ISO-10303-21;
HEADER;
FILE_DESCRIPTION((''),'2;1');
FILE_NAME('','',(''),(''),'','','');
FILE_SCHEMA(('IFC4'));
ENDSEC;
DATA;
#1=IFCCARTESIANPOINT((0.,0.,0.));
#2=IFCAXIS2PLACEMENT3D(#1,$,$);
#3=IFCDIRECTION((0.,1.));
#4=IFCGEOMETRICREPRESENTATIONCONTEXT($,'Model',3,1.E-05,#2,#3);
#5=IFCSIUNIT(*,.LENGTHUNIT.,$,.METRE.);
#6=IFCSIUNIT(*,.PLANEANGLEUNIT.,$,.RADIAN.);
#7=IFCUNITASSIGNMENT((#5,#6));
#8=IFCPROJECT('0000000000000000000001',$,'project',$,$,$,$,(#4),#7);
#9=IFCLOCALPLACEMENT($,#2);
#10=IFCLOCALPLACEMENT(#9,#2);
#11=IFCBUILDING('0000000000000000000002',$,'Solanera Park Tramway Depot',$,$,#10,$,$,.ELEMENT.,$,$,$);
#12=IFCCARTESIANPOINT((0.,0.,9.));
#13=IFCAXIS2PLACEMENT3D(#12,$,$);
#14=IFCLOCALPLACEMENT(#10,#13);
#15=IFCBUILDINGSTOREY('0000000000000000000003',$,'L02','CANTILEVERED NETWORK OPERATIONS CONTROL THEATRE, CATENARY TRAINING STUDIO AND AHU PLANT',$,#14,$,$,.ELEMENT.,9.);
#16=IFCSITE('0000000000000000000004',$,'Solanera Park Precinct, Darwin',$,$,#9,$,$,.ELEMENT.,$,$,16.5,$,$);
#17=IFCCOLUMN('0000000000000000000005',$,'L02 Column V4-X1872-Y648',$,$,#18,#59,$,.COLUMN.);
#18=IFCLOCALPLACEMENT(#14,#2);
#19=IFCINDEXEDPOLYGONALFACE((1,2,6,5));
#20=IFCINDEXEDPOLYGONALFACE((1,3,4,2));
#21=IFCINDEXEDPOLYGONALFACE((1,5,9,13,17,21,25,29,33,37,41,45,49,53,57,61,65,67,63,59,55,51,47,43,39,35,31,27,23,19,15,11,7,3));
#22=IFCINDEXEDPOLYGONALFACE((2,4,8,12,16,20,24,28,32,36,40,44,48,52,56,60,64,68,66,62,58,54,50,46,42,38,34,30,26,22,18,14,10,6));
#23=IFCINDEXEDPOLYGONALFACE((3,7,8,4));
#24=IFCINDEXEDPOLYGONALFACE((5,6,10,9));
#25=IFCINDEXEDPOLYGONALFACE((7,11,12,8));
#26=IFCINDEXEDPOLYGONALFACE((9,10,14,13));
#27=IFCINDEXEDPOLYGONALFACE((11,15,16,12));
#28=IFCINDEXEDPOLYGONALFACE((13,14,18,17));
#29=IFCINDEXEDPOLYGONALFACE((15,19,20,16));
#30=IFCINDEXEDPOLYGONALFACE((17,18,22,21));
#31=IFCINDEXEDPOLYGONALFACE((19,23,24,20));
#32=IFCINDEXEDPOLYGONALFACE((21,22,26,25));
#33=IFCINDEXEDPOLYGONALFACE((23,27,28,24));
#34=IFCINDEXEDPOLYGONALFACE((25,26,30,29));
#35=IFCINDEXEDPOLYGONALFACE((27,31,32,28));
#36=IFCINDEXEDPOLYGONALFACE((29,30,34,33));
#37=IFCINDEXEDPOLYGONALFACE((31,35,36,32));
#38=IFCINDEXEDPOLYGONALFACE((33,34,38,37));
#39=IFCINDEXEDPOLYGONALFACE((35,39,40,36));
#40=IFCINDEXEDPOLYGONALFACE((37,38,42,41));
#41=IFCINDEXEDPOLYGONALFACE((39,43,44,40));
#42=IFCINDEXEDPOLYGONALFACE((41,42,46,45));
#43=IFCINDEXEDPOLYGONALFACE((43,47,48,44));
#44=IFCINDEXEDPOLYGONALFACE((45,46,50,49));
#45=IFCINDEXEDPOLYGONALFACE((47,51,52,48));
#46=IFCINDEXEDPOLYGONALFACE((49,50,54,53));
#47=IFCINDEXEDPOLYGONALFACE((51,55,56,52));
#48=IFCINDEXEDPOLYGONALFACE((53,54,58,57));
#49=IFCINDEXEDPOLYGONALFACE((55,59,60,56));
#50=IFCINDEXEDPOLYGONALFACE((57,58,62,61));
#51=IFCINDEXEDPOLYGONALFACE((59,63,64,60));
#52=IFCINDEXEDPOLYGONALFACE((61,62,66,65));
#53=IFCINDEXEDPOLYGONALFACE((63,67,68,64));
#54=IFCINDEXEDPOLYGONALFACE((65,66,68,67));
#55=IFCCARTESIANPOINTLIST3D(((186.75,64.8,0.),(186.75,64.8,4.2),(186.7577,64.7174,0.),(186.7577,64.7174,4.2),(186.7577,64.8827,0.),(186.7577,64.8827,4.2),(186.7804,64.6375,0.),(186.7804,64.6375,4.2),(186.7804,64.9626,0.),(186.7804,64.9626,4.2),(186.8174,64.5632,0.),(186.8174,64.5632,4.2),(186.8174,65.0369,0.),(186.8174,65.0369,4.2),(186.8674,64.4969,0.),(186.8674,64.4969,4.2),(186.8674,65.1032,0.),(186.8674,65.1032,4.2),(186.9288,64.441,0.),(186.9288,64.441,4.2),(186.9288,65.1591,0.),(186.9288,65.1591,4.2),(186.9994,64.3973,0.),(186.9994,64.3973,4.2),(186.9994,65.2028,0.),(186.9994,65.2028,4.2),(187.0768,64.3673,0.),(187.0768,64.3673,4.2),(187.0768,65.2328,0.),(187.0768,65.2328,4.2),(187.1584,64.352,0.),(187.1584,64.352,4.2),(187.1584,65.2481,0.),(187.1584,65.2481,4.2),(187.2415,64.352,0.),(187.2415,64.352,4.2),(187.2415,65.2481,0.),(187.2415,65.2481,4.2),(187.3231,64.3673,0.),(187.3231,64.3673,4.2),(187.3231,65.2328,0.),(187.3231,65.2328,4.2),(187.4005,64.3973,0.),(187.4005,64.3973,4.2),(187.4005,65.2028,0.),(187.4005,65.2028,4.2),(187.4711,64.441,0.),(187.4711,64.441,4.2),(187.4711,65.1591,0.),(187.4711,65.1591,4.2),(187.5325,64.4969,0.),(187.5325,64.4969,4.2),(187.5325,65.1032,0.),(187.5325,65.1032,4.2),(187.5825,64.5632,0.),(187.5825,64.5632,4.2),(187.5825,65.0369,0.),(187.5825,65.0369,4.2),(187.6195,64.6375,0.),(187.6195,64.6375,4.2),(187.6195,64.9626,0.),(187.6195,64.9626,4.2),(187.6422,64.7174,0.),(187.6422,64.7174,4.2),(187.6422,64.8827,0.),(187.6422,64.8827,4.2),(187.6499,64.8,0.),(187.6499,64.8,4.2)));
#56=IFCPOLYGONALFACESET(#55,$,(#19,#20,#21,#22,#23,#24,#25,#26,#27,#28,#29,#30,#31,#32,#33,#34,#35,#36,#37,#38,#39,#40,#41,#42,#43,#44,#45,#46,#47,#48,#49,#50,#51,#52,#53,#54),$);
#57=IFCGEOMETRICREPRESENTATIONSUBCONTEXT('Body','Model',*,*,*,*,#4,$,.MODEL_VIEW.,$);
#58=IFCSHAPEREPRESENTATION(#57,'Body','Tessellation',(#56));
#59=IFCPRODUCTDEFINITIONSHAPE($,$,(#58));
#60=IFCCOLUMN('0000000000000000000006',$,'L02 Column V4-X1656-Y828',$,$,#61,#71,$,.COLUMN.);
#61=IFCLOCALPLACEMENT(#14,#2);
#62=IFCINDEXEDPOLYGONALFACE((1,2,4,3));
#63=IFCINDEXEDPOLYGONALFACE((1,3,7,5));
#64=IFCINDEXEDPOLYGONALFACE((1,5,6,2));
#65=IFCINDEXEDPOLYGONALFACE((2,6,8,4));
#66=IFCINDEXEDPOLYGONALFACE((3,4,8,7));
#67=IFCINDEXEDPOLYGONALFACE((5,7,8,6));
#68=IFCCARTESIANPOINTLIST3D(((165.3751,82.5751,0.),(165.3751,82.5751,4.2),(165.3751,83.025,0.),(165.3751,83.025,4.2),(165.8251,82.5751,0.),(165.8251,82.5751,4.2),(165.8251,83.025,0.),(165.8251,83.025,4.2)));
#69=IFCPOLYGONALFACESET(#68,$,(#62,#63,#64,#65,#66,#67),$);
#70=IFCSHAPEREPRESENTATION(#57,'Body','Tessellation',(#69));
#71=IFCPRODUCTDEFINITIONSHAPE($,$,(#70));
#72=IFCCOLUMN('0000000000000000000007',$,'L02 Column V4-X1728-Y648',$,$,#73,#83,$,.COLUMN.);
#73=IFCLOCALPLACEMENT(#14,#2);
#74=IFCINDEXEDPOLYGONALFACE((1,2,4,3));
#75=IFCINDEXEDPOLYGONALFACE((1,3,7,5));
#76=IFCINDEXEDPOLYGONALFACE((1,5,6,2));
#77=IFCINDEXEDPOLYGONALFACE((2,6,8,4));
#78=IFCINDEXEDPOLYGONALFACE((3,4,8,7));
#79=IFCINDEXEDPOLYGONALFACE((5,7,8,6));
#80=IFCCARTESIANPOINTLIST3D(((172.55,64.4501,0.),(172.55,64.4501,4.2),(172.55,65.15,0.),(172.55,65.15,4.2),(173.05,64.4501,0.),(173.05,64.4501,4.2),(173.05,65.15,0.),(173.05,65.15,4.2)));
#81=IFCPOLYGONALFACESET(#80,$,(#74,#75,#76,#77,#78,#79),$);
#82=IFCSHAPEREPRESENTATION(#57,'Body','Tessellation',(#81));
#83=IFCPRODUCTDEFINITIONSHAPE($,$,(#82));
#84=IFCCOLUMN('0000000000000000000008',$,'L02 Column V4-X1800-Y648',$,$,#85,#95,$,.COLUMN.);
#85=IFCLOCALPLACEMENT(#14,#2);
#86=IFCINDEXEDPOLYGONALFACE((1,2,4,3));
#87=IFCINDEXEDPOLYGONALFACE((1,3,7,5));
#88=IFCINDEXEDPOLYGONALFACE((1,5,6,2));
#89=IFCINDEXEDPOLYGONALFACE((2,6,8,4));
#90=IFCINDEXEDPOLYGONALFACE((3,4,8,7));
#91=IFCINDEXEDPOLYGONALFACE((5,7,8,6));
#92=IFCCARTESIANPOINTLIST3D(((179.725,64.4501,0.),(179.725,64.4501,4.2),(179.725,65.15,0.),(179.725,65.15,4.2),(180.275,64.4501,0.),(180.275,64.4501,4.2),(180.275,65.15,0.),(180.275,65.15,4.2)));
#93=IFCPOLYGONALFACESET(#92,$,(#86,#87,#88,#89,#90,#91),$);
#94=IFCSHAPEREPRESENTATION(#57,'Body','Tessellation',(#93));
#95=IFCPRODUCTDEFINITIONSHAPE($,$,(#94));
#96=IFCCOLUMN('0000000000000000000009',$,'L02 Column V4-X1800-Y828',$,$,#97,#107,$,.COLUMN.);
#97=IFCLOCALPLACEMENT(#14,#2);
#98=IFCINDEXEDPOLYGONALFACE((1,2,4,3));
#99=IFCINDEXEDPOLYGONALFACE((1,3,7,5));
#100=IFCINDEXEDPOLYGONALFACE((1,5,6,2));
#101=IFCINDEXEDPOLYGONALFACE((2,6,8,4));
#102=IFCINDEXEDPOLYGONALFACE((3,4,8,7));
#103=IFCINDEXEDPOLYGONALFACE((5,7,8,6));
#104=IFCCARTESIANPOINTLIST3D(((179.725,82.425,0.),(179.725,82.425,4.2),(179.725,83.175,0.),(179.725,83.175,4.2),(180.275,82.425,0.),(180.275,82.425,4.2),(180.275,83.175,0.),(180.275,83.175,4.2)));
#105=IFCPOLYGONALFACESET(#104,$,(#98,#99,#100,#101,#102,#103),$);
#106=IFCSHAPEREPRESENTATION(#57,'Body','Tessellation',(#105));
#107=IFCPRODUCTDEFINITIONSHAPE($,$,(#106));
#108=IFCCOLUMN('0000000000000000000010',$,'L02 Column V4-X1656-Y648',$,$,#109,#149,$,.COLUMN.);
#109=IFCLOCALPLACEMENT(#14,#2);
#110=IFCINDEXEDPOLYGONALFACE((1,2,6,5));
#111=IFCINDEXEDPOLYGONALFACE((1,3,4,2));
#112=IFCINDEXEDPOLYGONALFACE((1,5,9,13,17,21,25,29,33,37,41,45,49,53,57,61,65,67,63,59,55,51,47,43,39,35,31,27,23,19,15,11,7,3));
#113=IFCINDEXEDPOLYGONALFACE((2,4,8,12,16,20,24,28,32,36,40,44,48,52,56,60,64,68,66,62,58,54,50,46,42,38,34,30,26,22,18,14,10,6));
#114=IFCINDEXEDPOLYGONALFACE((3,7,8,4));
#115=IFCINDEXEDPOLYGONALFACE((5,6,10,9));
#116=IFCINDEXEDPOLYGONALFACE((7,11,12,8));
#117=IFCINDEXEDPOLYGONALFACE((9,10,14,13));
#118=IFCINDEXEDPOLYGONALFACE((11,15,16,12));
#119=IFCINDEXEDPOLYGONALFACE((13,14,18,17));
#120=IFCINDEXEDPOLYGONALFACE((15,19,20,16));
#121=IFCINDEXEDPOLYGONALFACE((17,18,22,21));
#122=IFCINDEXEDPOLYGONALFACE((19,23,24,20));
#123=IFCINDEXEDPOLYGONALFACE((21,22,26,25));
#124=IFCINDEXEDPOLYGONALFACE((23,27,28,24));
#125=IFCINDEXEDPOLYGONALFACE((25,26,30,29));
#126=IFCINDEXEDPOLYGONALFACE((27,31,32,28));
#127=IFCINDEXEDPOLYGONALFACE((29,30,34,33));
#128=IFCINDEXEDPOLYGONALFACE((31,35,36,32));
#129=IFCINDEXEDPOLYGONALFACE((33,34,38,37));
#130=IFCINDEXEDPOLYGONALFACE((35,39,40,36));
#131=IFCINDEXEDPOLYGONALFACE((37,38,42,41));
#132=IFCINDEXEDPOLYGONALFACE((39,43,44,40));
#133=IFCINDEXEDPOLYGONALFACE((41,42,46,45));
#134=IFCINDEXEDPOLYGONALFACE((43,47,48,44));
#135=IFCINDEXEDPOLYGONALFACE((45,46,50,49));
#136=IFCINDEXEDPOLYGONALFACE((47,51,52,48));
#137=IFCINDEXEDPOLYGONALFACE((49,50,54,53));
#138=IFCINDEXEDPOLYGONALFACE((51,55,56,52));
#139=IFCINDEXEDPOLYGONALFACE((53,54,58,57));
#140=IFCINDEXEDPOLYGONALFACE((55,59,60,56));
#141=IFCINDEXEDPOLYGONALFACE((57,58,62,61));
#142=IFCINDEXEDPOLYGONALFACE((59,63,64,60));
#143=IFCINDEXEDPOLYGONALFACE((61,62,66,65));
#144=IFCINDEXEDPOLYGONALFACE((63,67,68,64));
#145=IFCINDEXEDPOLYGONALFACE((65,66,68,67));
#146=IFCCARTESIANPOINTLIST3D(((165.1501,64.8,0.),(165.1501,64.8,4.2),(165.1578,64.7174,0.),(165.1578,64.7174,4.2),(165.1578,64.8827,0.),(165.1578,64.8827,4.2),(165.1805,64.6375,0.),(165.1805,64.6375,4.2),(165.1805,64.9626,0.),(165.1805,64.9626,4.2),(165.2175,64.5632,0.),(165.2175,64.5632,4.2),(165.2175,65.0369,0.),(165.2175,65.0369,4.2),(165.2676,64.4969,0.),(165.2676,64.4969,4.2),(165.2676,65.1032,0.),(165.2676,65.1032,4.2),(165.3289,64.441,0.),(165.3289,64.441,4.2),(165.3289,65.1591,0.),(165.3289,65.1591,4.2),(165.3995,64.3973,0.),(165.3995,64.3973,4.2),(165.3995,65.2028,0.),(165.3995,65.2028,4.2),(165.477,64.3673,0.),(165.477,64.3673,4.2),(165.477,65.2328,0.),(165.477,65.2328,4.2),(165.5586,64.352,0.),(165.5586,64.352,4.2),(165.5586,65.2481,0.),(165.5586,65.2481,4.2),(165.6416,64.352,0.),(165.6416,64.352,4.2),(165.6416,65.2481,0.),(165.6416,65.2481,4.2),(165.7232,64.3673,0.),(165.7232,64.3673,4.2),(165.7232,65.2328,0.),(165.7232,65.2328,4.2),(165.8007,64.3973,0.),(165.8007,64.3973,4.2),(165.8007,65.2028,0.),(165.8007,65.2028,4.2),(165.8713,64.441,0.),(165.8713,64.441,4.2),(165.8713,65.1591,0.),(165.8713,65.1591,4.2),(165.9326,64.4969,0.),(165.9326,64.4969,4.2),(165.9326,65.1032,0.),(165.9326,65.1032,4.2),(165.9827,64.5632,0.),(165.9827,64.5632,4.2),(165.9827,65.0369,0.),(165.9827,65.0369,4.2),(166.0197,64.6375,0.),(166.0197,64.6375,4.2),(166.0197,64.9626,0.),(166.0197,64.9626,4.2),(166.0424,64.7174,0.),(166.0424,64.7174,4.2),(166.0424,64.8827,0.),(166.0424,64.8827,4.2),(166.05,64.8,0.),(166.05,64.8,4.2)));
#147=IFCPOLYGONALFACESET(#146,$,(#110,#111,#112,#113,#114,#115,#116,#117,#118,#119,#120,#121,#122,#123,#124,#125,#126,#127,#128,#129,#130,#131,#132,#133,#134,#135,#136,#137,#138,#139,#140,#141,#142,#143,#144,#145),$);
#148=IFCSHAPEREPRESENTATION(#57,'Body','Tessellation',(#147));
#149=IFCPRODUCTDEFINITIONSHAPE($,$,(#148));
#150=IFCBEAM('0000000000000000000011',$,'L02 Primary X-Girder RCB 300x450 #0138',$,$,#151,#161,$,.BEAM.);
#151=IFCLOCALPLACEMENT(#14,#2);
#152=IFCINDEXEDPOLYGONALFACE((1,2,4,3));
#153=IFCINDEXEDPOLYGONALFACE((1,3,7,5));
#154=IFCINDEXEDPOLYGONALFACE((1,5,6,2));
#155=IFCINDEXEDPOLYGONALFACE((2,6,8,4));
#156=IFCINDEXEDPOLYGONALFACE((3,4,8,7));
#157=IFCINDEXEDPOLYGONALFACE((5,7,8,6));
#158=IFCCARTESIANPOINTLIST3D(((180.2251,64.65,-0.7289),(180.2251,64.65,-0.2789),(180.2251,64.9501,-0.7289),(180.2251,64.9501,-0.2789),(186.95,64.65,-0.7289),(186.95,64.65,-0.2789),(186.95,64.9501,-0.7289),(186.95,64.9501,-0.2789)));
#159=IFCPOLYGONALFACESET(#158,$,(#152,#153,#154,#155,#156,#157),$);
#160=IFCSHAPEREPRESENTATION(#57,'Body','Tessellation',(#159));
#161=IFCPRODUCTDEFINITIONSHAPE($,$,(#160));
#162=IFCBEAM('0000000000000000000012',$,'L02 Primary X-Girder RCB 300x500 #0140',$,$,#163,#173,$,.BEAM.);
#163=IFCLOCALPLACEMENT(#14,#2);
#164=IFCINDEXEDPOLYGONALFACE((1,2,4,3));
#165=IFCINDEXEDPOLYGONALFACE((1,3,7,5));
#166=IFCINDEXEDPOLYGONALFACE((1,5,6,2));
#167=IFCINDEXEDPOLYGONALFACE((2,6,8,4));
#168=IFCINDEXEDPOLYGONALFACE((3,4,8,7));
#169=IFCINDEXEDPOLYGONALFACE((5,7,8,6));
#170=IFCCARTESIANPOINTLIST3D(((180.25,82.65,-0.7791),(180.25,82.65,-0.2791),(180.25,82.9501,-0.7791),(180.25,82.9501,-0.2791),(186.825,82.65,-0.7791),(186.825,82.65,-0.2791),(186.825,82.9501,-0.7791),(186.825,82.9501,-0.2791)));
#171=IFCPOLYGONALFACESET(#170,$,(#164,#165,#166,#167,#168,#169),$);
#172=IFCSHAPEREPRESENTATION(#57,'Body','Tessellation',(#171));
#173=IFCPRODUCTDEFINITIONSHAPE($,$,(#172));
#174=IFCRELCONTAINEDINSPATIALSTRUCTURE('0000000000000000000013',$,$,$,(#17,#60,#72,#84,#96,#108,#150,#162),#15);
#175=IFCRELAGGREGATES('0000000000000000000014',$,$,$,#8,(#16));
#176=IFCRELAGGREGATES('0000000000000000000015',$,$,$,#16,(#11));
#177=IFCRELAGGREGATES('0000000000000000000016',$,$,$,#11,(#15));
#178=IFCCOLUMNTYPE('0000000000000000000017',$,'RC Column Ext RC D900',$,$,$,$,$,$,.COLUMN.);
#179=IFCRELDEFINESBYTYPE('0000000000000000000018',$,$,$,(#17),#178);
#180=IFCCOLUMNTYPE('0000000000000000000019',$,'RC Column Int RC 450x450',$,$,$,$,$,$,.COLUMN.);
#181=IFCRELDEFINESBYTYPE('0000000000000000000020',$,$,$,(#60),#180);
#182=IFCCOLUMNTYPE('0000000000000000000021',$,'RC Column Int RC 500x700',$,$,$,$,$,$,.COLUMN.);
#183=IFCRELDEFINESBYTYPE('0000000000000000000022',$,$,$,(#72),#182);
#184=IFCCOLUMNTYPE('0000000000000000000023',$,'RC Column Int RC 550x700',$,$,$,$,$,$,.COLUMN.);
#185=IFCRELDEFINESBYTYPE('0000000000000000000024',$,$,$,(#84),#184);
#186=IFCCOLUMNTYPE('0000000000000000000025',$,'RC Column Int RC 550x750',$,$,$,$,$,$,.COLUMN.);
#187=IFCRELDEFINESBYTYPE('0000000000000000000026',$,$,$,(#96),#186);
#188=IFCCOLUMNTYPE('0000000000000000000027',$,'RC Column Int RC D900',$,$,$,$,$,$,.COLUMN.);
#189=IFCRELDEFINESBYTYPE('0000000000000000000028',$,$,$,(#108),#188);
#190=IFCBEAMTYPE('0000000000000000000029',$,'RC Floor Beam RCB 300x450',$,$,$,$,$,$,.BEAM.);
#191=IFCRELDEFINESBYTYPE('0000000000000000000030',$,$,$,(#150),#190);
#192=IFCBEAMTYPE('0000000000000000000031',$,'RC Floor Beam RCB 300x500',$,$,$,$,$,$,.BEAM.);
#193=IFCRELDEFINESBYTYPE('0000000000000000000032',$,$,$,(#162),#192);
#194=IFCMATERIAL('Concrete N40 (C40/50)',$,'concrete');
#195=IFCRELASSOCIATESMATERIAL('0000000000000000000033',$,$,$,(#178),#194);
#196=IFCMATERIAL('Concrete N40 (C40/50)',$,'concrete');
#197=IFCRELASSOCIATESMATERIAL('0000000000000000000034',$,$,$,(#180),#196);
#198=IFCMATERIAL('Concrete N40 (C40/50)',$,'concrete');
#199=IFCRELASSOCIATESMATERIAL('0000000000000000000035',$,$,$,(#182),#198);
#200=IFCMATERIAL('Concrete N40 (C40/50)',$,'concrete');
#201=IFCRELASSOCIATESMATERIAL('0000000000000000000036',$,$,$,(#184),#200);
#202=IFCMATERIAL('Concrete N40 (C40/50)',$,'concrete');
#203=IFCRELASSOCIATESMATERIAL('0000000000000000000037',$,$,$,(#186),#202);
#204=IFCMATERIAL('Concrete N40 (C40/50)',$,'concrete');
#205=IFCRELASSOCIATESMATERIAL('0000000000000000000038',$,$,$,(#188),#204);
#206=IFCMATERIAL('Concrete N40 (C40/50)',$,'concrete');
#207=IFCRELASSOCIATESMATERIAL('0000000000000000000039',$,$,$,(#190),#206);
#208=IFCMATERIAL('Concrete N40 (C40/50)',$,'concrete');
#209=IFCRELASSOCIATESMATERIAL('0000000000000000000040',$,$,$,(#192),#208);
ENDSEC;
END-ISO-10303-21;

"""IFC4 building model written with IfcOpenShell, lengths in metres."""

from ifc_helpers import new_model, si_unit, direction, frame, origin, origin_2d, place, context, subcontext, project, spatial, rectangle, circle, extrude, material, material_profile, profile_set, type_object, element, save


model = new_model("IFC4")

# Units and contexts
model_context = context("Model", 3, precision=1e-05, world=origin(), true_north=direction((0.0, 1.0)))
body_context = subcontext(model_context, "Body", "Model", "MODEL_VIEW")
ifc_project = project(units=[si_unit("LENGTHUNIT", "METRE"), si_unit("PLANEANGLEUNIT", "RADIAN")], contexts=[model_context])

# Site, building, storey
site_placement = place(None, origin())
site = spatial("IfcSite", under=ifc_project, at=site_placement, Name="Solanera Park Precinct, Darwin", CompositionType="ELEMENT", RefElevation=16.5)
building_placement = place(site_placement, origin())
building = spatial("IfcBuilding", under=site, at=building_placement, Name="Solanera Park Tramway Depot", CompositionType="ELEMENT")
storey_placement = place(building_placement, frame((0.0, 0.0, 9.0)))
storey = spatial("IfcBuildingStorey", under=building, at=storey_placement, Name="L02", Description="CANTILEVERED NETWORK OPERATIONS CONTROL THEATRE, CATENARY TRAINING STUDIO AND AHU PLANT", CompositionType="ELEMENT", Elevation=9.0)

# Columns
ifc_material_1 = material(Name="Concrete N40 (C40/50)", Category="concrete")
ifc_material_profile_1 = material_profile(ifc_material_1, circle(Radius=0.45, at=origin_2d()), Name="RC D900")
ifc_profile_set_1 = profile_set([ifc_material_profile_1], Name="Concrete N40 (C40/50)")
column_type_1 = type_object("IfcColumnType", Name="RC Column Ext RC D900", PredefinedType="COLUMN", material=ifc_profile_set_1)
column_1_placement = place(storey_placement, frame((187.2, 64.8, 0.0), z_axis=(0.0, 0.0, 1.0), x_axis=(1.0, 0.0, 0.0)))
element("IfcColumn", 1, at=column_1_placement, inside=storey, type_object=column_type_1, Name="L02 Column V4-X1872-Y648", PredefinedType="COLUMN", context=body_context, shape_type="SweptSolid", body=[
    extrude(circle(Radius=0.45, at=origin_2d()), origin(), (0.0, 0.0, 1.0), 4.2),
])
ifc_material_2 = material(Name="Concrete N40 (C40/50)", Category="concrete")
ifc_material_profile_2 = material_profile(ifc_material_2, rectangle(XDim=0.45, YDim=0.45, at=origin_2d()), Name="RC 450x450")
ifc_profile_set_2 = profile_set([ifc_material_profile_2], Name="Concrete N40 (C40/50)")
column_type_2 = type_object("IfcColumnType", Name="RC Column Int RC 450x450", PredefinedType="COLUMN", material=ifc_profile_set_2)
column_2_placement = place(storey_placement, frame((165.6001, 82.8, 0.0), z_axis=(0.0, 0.0, 1.0), x_axis=(1.0, 0.0, 0.0)))
element("IfcColumn", 2, at=column_2_placement, inside=storey, type_object=column_type_2, Name="L02 Column V4-X1656-Y828", PredefinedType="COLUMN", context=body_context, shape_type="SweptSolid", body=[
    extrude(rectangle(XDim=0.45, YDim=0.45, at=origin_2d()), origin(), (0.0, 0.0, 1.0), 4.2),
])
ifc_material_3 = material(Name="Concrete N40 (C40/50)", Category="concrete")
ifc_material_profile_3 = material_profile(ifc_material_3, rectangle(XDim=0.5, YDim=0.7, at=origin_2d()), Name="RC 500x700")
ifc_profile_set_3 = profile_set([ifc_material_profile_3], Name="Concrete N40 (C40/50)")
column_type_3 = type_object("IfcColumnType", Name="RC Column Int RC 500x700", PredefinedType="COLUMN", material=ifc_profile_set_3)
column_3_placement = place(storey_placement, frame((172.8, 64.8, 0.0), z_axis=(0.0, 0.0, 1.0), x_axis=(1.0, 0.0, 0.0)))
element("IfcColumn", 3, at=column_3_placement, inside=storey, type_object=column_type_3, Name="L02 Column V4-X1728-Y648", PredefinedType="COLUMN", context=body_context, shape_type="SweptSolid", body=[
    extrude(rectangle(XDim=0.5, YDim=0.7, at=origin_2d()), origin(), (0.0, 0.0, 1.0), 4.2),
])
ifc_material_4 = material(Name="Concrete N40 (C40/50)", Category="concrete")
ifc_material_profile_4 = material_profile(ifc_material_4, rectangle(XDim=0.55, YDim=0.7, at=origin_2d()), Name="RC 550x700")
ifc_profile_set_4 = profile_set([ifc_material_profile_4], Name="Concrete N40 (C40/50)")
column_type_4 = type_object("IfcColumnType", Name="RC Column Int RC 550x700", PredefinedType="COLUMN", material=ifc_profile_set_4)
column_4_placement = place(storey_placement, frame((180.0, 64.8, 0.0), z_axis=(0.0, 0.0, 1.0), x_axis=(1.0, 0.0, 0.0)))
element("IfcColumn", 4, at=column_4_placement, inside=storey, type_object=column_type_4, Name="L02 Column V4-X1800-Y648", PredefinedType="COLUMN", context=body_context, shape_type="SweptSolid", body=[
    extrude(rectangle(XDim=0.55, YDim=0.7, at=origin_2d()), origin(), (0.0, 0.0, 1.0), 4.2),
])
ifc_material_5 = material(Name="Concrete N40 (C40/50)", Category="concrete")
ifc_material_profile_5 = material_profile(ifc_material_5, rectangle(XDim=0.55, YDim=0.75, at=origin_2d()), Name="RC 550x750")
ifc_profile_set_5 = profile_set([ifc_material_profile_5], Name="Concrete N40 (C40/50)")
column_type_5 = type_object("IfcColumnType", Name="RC Column Int RC 550x750", PredefinedType="COLUMN", material=ifc_profile_set_5)
column_5_placement = place(storey_placement, frame((180.0, 82.8, 0.0), z_axis=(0.0, 0.0, 1.0), x_axis=(1.0, 0.0, 0.0)))
element("IfcColumn", 5, at=column_5_placement, inside=storey, type_object=column_type_5, Name="L02 Column V4-X1800-Y828", PredefinedType="COLUMN", context=body_context, shape_type="SweptSolid", body=[
    extrude(rectangle(XDim=0.55, YDim=0.75, at=origin_2d()), origin(), (0.0, 0.0, 1.0), 4.2),
])
ifc_material_6 = material(Name="Concrete N40 (C40/50)", Category="concrete")
ifc_material_profile_6 = material_profile(ifc_material_6, circle(Radius=0.45, at=origin_2d()), Name="RC D900")
ifc_profile_set_6 = profile_set([ifc_material_profile_6], Name="Concrete N40 (C40/50)")
column_type_6 = type_object("IfcColumnType", Name="RC Column Int RC D900", PredefinedType="COLUMN", material=ifc_profile_set_6)
column_6_placement = place(storey_placement, frame((165.6001, 64.8, 0.0), z_axis=(0.0, 0.0, 1.0), x_axis=(1.0, 0.0, 0.0)))
element("IfcColumn", 6, at=column_6_placement, inside=storey, type_object=column_type_6, Name="L02 Column V4-X1656-Y648", PredefinedType="COLUMN", context=body_context, shape_type="SweptSolid", body=[
    extrude(circle(Radius=0.45, at=origin_2d()), origin(), (0.0, 0.0, 1.0), 4.2),
])

# Beams
ifc_material_7 = material(Name="Concrete N40 (C40/50)", Category="concrete")
ifc_material_profile_7 = material_profile(ifc_material_7, rectangle(XDim=0.3, YDim=0.45, at=origin_2d()), Name="RCB 300x450")
ifc_profile_set_7 = profile_set([ifc_material_profile_7], Name="Concrete N40 (C40/50)")
beam_type_1 = type_object("IfcBeamType", Name="RC Floor Beam RCB 300x450", PredefinedType="BEAM", material=ifc_profile_set_7)
beam_1_placement = place(storey_placement, frame((180.2251, 64.8, -0.5039), z_axis=(1.0, 0.0, 0.0), x_axis=(0.0, 1.0, 0.0)))
element("IfcBeam", 7, at=beam_1_placement, inside=storey, type_object=beam_type_1, Name="L02 Primary X-Girder RCB 300x450 #0138", PredefinedType="BEAM", context=body_context, shape_type="SweptSolid", body=[
    extrude(rectangle(XDim=0.3, YDim=0.45, at=origin_2d()), origin(), (0.0, 0.0, 1.0), 6.7249),
])
ifc_material_8 = material(Name="Concrete N40 (C40/50)", Category="concrete")
ifc_material_profile_8 = material_profile(ifc_material_8, rectangle(XDim=0.3, YDim=0.5, at=origin_2d()), Name="RCB 300x500")
ifc_profile_set_8 = profile_set([ifc_material_profile_8], Name="Concrete N40 (C40/50)")
beam_type_2 = type_object("IfcBeamType", Name="RC Floor Beam RCB 300x500", PredefinedType="BEAM", material=ifc_profile_set_8)
beam_2_placement = place(storey_placement, frame((180.25, 82.8, -0.5291), z_axis=(1.0, 0.0, 0.0), x_axis=(0.0, 1.0, 0.0)))
element("IfcBeam", 8, at=beam_2_placement, inside=storey, type_object=beam_type_2, Name="L02 Primary X-Girder RCB 300x500 #0140", PredefinedType="BEAM", context=body_context, shape_type="SweptSolid", body=[
    extrude(rectangle(XDim=0.3, YDim=0.5, at=origin_2d()), origin(), (0.0, 0.0, 1.0), 6.575),
])

save(model, "model.ifc")
